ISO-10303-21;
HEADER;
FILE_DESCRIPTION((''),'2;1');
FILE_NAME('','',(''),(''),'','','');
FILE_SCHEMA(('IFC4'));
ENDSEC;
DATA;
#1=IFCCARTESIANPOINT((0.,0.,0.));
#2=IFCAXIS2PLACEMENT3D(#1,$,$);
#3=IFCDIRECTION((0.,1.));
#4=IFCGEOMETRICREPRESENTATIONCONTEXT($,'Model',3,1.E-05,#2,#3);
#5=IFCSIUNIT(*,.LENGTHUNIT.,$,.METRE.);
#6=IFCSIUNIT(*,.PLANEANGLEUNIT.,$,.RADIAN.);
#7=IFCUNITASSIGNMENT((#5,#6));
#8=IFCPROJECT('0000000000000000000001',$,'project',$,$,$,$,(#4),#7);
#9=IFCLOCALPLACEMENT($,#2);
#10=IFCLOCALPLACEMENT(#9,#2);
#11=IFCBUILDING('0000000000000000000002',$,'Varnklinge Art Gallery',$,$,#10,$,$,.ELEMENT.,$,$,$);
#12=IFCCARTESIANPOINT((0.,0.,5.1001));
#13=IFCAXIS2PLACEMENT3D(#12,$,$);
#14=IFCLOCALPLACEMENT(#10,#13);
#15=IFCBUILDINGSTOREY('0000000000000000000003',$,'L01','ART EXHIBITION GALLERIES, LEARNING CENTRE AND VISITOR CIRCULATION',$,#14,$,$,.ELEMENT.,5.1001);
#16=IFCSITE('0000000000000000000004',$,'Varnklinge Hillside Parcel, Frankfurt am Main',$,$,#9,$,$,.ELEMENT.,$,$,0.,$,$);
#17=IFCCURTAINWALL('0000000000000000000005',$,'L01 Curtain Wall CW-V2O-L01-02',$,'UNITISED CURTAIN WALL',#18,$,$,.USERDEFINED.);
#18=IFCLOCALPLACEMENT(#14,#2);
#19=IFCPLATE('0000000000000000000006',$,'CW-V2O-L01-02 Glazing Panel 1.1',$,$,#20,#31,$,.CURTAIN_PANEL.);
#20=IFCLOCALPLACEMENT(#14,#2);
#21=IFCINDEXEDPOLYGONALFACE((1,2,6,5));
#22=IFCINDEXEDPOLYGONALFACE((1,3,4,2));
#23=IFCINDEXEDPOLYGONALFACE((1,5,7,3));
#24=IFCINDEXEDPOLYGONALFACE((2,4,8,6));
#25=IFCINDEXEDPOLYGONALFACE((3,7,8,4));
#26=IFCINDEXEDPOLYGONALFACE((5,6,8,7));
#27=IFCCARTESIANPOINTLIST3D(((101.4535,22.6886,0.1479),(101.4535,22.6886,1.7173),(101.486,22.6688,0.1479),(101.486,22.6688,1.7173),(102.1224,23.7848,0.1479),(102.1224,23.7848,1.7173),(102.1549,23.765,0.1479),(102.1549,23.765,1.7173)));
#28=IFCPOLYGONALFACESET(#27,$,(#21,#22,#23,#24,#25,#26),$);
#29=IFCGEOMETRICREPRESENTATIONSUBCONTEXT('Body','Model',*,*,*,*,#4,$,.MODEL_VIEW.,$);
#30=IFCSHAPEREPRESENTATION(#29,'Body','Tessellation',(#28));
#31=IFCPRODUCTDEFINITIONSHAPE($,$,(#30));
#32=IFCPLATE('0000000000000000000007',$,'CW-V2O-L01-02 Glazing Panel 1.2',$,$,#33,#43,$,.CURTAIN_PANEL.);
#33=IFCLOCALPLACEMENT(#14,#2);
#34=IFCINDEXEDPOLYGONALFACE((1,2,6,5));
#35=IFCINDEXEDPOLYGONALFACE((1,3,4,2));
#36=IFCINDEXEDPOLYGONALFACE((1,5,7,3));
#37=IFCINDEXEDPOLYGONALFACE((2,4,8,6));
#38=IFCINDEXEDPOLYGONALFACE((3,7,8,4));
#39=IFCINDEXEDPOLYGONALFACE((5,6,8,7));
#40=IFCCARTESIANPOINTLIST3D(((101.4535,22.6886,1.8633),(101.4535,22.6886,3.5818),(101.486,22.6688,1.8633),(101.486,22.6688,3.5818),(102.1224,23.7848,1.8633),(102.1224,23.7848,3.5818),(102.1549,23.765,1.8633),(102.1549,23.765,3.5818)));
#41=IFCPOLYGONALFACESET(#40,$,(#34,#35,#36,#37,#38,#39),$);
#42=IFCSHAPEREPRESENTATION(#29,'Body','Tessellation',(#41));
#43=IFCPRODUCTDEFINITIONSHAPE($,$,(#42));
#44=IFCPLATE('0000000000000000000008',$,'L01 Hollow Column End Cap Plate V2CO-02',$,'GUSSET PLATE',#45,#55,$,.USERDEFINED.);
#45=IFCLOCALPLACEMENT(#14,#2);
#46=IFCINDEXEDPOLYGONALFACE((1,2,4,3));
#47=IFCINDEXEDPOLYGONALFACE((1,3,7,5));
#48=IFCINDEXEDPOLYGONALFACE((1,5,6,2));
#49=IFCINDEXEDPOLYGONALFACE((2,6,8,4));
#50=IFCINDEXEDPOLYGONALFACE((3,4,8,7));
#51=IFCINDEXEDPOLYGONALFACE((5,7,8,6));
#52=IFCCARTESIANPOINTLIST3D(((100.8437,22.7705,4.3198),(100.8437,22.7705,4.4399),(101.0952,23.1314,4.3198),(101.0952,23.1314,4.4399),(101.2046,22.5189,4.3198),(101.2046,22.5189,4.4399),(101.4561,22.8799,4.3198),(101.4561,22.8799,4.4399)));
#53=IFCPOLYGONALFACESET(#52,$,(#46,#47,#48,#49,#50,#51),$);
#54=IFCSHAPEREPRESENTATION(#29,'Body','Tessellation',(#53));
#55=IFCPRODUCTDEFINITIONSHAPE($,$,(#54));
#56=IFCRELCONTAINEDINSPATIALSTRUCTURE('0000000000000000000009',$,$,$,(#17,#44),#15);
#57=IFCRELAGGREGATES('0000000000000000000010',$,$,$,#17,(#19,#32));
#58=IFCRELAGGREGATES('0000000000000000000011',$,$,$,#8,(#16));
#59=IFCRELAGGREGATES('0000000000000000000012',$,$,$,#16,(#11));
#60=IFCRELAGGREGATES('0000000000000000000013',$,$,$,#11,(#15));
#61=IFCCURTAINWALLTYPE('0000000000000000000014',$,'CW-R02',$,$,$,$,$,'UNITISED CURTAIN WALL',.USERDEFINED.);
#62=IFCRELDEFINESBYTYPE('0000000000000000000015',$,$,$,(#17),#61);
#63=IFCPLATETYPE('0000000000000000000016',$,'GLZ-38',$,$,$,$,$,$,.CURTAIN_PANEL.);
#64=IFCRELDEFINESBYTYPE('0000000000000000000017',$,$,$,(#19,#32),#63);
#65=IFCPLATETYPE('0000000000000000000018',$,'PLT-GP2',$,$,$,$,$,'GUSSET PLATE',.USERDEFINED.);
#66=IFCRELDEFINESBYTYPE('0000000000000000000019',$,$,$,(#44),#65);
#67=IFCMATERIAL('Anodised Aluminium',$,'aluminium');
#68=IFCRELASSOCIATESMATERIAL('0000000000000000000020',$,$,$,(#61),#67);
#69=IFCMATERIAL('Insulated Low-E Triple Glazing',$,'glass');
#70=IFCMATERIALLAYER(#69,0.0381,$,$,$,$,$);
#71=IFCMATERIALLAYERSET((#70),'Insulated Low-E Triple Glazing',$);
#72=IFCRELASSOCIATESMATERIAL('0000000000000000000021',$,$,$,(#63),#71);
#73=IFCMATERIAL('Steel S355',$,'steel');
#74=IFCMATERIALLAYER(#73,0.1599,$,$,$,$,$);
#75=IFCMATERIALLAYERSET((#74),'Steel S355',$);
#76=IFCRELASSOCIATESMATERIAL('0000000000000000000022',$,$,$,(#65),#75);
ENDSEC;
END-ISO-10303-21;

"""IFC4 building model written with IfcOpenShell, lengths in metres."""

from ifc_helpers import new_model, si_unit, direction, frame, origin, origin_2d, place, context, subcontext, project, spatial, rectangle, extrude, material, layer, layer_set, type_object, element, aggregate, save


model = new_model("IFC4")

# Units and contexts
model_context = context("Model", 3, precision=1e-05, world=origin(), true_north=direction((0.0, 1.0)))
body_context = subcontext(model_context, "Body", "Model", "MODEL_VIEW")
ifc_project = project(units=[si_unit("LENGTHUNIT", "METRE"), si_unit("PLANEANGLEUNIT", "RADIAN")], contexts=[model_context])

# Site, building, storey
site_placement = place(None, origin())
site = spatial("IfcSite", under=ifc_project, at=site_placement, Name="Varnklinge Hillside Parcel, Frankfurt am Main", CompositionType="ELEMENT", RefElevation=0.0)
building_placement = place(site_placement, origin())
building = spatial("IfcBuilding", under=site, at=building_placement, Name="Varnklinge Art Gallery", CompositionType="ELEMENT")
storey_placement = place(building_placement, frame((0.0, 0.0, 5.1001)))
storey = spatial("IfcBuildingStorey", under=building, at=storey_placement, Name="L01", Description="ART EXHIBITION GALLERIES, LEARNING CENTRE AND VISITOR CIRCULATION", CompositionType="ELEMENT", Elevation=5.1001)

# Curtain wall
ifc_material_1 = material(Name="Anodised Aluminium", Category="aluminium")
curtain_wall_type = type_object("IfcCurtainWallType", Name="CW-R02", ElementType="UNITISED CURTAIN WALL", PredefinedType="USERDEFINED", material=ifc_material_1)
curtain_wall_1_placement = place(storey_placement, origin())
curtain_wall_1 = element("IfcCurtainWall", 1, at=curtain_wall_1_placement, inside=storey, type_object=curtain_wall_type, Name="L01 Curtain Wall CW-V2O-L01-02", ObjectType="UNITISED CURTAIN WALL", PredefinedType="USERDEFINED")

# Plates
ifc_material_2 = material(Name="Insulated Low-E Triple Glazing", Category="glass")
ifc_layer_1 = layer(ifc_material_2, 0.0381)
ifc_layer_set_1 = layer_set([ifc_layer_1], Name="Insulated Low-E Triple Glazing")
plate_type_1 = type_object("IfcPlateType", Name="GLZ-38", PredefinedType="CURTAIN_PANEL", material=ifc_layer_set_1)
plate_1_placement = place(storey_placement, frame((101.8042, 23.2268, 0.1479), z_axis=(0.0, 0.0, 1.0), x_axis=(0.520861, 0.853642, 0.0)))
plate_1 = element("IfcPlate", 2, at=plate_1_placement, type_object=plate_type_1, Name="CW-V2O-L01-02 Glazing Panel 1.1", PredefinedType="CURTAIN_PANEL", context=body_context, shape_type="SweptSolid", body=[
    extrude(rectangle(XDim=1.2842, YDim=0.0381, at=origin_2d()), origin(), (0.0, 0.0, 1.0), 1.5693),
])
plate_2_placement = place(storey_placement, frame((101.8042, 23.2268, 1.8633), z_axis=(0.0, 0.0, 1.0), x_axis=(0.520861, 0.853642, 0.0)))
plate_2 = element("IfcPlate", 3, at=plate_2_placement, type_object=plate_type_1, Name="CW-V2O-L01-02 Glazing Panel 1.2", PredefinedType="CURTAIN_PANEL", context=body_context, shape_type="SweptSolid", body=[
    extrude(rectangle(XDim=1.2842, YDim=0.0381, at=origin_2d()), origin(), (0.0, 0.0, 1.0), 1.7185),
])
aggregate(curtain_wall_1, [plate_1, plate_2])
ifc_material_3 = material(Name="Steel S355", Category="steel")
ifc_layer_2 = layer(ifc_material_3, 0.1599)
ifc_layer_set_2 = layer_set([ifc_layer_2], Name="Steel S355")
plate_type_2 = type_object("IfcPlateType", Name="PLT-GP2", ElementType="GUSSET PLATE", PredefinedType="USERDEFINED", material=ifc_layer_set_2)
plate_3_placement = place(storey_placement, frame((101.1499, 22.8252, 4.3198), z_axis=(0.0, 0.0, 1.0), x_axis=(-0.820352, 0.57186, 0.0)))
element("IfcPlate", 4, at=plate_3_placement, inside=storey, type_object=plate_type_2, Name="L01 Hollow Column End Cap Plate V2CO-02", ObjectType="GUSSET PLATE", PredefinedType="USERDEFINED", context=body_context, shape_type="SweptSolid", body=[
    extrude(rectangle(XDim=0.4399, YDim=0.4399, at=origin_2d()), origin(), (0.0, 0.0, 1.0), 0.1201),
])

save(model, "model.ifc")
